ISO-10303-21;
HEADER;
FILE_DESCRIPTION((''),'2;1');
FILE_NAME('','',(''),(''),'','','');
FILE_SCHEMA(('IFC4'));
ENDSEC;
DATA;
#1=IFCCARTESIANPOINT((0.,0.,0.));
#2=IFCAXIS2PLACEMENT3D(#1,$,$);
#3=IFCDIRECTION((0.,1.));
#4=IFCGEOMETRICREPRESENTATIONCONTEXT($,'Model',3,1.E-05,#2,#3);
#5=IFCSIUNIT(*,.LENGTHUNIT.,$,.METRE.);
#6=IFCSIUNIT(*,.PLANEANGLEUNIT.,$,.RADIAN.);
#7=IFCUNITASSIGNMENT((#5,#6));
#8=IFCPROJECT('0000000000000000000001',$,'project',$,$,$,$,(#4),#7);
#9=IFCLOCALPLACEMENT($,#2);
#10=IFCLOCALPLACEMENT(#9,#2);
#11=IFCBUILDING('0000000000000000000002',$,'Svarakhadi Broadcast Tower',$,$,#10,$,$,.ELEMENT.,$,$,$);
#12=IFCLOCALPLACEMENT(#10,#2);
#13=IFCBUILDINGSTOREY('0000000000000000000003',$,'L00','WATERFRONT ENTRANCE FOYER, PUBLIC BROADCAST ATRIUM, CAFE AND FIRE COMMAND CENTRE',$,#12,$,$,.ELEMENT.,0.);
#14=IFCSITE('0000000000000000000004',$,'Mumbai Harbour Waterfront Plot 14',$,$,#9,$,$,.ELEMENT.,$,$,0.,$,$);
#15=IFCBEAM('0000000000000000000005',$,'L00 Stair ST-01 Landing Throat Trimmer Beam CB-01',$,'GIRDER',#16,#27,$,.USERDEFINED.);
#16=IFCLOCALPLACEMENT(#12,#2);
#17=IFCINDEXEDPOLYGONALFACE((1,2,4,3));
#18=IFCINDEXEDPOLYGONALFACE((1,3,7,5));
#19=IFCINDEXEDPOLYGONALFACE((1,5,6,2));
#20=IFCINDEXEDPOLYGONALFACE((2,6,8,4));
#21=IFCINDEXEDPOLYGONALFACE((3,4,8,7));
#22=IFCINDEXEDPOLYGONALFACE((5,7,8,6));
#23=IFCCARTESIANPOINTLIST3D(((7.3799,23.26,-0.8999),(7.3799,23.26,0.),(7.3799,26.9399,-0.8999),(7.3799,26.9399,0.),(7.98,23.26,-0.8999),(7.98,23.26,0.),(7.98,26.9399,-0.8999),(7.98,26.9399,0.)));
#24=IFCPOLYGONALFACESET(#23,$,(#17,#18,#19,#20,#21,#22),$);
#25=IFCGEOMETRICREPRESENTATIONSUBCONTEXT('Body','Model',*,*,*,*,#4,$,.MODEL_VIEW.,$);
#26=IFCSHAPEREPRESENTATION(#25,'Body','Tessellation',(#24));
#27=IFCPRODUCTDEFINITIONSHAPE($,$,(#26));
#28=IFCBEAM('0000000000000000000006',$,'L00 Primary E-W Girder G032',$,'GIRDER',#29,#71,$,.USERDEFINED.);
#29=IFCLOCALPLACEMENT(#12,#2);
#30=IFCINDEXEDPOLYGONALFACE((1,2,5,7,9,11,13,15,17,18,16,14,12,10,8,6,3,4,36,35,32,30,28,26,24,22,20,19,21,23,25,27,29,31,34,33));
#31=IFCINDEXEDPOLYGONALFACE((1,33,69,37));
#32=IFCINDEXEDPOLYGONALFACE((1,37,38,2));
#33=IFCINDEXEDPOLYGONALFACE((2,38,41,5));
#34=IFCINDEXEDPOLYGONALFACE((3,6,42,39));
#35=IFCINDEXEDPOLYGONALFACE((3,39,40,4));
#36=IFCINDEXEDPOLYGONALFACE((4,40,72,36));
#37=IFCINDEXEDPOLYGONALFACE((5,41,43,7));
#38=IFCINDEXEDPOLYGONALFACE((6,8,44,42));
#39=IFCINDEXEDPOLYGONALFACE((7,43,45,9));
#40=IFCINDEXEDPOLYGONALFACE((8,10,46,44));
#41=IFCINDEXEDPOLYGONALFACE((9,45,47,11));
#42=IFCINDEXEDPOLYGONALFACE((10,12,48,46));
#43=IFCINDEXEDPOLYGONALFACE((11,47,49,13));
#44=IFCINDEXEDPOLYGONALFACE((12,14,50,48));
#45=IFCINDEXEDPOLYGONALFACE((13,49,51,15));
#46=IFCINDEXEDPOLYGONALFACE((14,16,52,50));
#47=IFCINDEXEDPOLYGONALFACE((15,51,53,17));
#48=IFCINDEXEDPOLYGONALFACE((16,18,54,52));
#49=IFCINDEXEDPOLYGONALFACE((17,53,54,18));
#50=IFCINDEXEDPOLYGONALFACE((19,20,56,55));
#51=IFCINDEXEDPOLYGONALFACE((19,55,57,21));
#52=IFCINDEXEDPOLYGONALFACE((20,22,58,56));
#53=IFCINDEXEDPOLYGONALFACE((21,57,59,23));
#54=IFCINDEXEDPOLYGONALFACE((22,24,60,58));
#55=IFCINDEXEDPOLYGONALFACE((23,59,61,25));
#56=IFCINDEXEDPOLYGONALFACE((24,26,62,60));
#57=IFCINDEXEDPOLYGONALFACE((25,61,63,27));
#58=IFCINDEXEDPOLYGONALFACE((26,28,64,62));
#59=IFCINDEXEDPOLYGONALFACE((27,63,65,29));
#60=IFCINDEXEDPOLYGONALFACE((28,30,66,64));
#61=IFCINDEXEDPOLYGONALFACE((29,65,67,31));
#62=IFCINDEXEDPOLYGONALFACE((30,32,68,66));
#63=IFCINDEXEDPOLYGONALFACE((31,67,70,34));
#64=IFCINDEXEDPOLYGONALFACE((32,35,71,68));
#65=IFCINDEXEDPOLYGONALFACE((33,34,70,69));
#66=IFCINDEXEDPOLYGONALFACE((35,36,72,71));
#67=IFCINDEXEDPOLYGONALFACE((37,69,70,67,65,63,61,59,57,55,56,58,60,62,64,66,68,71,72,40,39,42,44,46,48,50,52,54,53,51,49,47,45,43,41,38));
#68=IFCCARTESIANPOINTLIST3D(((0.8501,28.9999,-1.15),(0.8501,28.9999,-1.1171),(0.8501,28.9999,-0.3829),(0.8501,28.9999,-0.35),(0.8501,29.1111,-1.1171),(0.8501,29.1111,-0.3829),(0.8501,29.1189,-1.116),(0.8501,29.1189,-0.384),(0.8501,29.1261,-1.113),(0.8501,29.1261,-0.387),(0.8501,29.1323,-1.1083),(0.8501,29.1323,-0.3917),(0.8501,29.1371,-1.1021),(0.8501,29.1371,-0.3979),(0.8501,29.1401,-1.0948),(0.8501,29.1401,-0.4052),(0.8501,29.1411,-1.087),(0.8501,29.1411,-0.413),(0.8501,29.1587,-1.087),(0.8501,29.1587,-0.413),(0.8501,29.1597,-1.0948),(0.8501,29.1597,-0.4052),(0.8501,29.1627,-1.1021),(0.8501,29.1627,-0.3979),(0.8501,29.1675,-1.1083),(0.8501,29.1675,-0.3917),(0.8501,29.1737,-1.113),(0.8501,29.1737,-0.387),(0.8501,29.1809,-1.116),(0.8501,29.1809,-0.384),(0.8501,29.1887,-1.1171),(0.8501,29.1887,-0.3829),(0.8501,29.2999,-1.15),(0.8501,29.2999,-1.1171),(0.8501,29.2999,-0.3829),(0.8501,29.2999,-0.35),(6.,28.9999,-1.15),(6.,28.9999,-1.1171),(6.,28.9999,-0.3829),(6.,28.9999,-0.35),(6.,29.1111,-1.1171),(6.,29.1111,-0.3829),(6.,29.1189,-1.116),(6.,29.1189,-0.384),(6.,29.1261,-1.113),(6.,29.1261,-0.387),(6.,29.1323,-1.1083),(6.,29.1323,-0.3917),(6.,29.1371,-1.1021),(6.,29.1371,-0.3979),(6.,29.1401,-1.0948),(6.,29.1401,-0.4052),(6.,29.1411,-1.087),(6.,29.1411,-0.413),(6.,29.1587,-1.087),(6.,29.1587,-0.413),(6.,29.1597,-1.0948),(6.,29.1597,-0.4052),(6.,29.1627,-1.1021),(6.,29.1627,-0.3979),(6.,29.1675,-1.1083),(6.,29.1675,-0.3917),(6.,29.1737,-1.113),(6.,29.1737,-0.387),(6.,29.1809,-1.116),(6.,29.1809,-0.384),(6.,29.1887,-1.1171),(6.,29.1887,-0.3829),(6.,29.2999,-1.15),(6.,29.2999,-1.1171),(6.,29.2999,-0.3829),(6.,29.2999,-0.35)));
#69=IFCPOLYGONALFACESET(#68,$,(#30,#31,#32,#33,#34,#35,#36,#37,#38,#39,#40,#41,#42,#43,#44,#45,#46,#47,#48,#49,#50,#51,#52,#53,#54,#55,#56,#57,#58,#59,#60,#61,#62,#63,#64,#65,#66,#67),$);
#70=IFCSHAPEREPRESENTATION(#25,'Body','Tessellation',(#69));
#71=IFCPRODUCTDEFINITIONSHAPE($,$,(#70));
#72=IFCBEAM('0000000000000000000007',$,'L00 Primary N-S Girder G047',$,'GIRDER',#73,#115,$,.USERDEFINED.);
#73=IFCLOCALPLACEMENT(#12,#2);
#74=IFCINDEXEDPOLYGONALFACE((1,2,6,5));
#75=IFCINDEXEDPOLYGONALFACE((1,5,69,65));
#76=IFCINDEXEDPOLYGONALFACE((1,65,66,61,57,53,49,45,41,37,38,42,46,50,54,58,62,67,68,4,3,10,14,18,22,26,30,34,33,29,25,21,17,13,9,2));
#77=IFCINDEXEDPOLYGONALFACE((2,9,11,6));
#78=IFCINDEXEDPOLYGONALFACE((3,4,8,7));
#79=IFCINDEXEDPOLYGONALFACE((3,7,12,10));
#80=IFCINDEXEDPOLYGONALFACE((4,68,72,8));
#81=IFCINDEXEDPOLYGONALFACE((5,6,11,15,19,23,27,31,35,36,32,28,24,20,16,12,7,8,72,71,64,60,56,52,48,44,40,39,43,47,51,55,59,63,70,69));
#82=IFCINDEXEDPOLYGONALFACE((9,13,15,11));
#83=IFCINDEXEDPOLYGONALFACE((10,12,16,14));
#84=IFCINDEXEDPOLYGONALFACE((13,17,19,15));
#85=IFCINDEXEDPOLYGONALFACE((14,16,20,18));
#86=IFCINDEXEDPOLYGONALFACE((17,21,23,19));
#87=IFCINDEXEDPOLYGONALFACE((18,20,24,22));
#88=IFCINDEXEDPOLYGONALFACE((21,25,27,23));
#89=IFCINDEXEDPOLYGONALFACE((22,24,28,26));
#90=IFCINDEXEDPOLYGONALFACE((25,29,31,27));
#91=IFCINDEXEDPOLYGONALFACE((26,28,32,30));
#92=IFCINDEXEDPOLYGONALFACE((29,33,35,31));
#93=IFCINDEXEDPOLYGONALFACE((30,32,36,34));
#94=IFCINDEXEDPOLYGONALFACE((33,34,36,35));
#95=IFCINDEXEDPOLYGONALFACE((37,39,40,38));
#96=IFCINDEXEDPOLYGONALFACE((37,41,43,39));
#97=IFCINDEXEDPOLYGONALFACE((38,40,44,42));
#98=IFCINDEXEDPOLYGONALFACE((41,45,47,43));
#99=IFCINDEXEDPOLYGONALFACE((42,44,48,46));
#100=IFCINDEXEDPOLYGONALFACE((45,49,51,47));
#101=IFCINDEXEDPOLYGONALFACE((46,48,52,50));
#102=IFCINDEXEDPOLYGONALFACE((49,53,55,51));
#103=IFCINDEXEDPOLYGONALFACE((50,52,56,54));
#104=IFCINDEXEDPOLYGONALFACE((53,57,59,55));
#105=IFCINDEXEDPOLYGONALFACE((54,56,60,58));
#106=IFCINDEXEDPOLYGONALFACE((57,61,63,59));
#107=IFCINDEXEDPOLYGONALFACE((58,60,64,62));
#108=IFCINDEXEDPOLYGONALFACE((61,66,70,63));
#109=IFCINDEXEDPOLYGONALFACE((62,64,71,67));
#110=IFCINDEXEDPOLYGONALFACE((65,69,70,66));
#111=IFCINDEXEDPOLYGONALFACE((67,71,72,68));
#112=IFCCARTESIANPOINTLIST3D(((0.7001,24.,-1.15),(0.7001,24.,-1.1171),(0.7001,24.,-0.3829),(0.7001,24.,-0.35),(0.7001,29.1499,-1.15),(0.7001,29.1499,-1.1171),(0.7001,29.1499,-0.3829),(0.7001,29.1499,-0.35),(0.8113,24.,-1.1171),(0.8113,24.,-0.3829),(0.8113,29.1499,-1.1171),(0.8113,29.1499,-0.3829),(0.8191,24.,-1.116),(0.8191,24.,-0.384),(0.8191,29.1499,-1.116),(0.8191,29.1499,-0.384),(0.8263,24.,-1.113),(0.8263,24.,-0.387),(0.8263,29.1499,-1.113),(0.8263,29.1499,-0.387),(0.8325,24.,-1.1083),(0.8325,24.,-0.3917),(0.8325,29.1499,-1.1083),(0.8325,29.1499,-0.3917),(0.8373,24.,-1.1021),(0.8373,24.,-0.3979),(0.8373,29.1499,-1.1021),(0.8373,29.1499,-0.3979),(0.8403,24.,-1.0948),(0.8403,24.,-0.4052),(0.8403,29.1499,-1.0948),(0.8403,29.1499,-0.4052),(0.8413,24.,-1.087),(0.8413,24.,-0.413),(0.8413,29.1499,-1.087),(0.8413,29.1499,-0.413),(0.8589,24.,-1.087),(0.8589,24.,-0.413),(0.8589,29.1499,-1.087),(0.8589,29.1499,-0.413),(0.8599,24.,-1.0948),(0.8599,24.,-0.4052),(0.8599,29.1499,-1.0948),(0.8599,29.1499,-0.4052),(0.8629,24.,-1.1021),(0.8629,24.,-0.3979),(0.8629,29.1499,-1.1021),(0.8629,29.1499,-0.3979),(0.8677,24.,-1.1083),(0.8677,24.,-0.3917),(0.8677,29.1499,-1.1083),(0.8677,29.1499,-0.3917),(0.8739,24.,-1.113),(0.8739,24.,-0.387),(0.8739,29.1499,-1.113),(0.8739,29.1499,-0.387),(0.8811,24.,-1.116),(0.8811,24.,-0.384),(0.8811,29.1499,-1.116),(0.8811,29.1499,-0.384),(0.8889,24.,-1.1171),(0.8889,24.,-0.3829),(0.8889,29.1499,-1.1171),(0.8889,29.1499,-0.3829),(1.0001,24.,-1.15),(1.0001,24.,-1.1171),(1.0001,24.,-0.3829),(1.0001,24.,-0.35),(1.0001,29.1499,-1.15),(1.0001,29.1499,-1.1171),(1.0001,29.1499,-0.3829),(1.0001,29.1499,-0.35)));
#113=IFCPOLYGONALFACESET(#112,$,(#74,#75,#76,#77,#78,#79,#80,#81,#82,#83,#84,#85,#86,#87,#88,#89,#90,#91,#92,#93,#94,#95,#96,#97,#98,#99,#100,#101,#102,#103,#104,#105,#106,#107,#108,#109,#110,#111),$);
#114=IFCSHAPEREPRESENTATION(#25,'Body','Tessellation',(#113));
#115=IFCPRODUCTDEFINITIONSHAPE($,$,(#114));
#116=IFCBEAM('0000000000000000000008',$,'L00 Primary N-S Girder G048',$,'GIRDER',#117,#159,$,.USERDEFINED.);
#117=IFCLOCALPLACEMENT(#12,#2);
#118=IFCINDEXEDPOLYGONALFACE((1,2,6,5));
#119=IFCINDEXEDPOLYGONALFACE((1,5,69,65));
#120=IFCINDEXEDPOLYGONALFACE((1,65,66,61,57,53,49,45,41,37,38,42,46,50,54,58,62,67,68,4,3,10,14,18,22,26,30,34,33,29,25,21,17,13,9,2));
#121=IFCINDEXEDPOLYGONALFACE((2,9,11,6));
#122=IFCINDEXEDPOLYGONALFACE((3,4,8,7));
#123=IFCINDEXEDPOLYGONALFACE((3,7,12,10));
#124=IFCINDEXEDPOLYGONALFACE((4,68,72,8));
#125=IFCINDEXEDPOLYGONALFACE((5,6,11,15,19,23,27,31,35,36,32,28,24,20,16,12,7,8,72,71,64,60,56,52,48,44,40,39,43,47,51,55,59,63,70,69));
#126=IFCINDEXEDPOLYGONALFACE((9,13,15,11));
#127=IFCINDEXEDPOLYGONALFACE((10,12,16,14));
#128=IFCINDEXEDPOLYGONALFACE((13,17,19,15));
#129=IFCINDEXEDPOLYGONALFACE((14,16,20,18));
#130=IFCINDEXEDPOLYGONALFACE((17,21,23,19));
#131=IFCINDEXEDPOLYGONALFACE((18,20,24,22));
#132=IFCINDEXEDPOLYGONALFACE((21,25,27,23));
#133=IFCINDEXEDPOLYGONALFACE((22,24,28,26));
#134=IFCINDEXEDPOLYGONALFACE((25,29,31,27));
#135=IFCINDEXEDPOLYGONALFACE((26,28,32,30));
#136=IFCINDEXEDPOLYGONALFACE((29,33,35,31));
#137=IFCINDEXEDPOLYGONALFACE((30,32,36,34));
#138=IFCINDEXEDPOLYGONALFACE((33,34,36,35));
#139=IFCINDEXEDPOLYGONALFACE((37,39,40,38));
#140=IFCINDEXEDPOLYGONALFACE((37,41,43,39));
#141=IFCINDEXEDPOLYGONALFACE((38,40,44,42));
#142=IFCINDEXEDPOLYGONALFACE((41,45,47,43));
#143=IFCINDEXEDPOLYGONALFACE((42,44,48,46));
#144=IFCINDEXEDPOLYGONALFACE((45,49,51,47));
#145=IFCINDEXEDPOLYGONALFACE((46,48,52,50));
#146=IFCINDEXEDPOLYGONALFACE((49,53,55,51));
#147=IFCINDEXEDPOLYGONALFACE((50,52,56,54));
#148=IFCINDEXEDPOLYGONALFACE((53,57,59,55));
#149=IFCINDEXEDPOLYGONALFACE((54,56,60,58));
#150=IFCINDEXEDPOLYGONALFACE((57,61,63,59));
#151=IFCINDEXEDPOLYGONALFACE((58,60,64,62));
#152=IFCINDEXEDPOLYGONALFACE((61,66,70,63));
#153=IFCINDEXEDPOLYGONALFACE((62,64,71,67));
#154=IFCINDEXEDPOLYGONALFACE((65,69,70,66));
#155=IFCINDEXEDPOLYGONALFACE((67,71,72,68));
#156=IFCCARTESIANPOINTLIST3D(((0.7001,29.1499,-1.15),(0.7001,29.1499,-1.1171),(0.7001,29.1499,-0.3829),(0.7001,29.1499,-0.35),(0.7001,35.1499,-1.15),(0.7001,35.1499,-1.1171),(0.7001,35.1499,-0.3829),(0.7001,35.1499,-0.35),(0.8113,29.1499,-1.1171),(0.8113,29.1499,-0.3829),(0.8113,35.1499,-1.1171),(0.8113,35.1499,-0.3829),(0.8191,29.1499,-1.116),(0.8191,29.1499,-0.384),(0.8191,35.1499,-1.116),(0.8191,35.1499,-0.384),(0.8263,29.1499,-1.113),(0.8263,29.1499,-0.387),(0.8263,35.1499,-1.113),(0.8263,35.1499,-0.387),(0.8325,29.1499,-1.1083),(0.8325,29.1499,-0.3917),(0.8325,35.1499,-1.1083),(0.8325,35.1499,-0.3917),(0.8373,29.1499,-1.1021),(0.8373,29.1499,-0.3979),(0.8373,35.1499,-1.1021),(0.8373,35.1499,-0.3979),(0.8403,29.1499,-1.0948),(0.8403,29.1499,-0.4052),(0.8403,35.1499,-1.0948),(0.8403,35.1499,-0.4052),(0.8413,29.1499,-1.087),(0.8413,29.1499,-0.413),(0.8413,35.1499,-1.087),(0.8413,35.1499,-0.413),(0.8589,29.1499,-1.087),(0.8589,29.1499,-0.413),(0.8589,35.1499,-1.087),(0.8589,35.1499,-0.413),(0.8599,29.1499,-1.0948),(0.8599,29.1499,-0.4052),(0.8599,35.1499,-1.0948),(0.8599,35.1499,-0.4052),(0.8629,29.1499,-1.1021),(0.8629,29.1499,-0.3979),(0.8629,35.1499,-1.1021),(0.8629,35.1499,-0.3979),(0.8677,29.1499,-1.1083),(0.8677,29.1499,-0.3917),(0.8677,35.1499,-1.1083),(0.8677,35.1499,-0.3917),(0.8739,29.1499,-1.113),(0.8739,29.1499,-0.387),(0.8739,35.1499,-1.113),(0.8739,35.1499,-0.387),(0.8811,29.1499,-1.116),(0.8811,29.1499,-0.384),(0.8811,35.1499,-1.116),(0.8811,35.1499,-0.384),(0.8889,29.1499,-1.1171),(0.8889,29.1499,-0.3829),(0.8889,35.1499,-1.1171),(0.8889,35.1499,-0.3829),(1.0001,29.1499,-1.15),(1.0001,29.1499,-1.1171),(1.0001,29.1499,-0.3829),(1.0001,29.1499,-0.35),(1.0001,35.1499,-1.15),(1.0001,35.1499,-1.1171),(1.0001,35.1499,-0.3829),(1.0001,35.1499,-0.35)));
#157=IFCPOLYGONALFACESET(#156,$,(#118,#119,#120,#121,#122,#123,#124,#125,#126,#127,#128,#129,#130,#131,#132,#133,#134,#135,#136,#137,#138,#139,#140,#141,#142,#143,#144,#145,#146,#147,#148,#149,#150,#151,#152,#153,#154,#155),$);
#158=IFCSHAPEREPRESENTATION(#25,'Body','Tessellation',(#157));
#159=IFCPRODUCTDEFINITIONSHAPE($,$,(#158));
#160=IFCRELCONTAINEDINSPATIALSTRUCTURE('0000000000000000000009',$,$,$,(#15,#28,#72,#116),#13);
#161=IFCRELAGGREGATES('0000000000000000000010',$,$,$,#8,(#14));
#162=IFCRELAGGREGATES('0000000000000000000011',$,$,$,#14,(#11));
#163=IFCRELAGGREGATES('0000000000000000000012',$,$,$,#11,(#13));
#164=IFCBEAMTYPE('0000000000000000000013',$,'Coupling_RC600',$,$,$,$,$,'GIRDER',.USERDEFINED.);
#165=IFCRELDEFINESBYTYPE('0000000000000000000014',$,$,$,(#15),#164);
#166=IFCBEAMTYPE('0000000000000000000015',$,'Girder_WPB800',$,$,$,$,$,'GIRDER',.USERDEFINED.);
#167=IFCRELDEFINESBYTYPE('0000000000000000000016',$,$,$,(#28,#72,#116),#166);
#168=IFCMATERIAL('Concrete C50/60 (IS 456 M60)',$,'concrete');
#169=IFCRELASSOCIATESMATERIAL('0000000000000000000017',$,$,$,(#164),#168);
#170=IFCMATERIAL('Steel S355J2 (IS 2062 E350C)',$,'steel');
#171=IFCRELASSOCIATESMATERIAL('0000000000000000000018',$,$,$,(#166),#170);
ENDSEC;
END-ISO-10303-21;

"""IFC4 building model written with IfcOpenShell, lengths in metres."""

from ifc_helpers import new_model, si_unit, direction, frame, origin, origin_2d, place, context, subcontext, project, spatial, rectangle, i_section, extrude, material, material_profile, profile_set, type_object, element, save


model = new_model("IFC4")

# Units and contexts
model_context = context("Model", 3, precision=1e-05, world=origin(), true_north=direction((0.0, 1.0)))
body_context = subcontext(model_context, "Body", "Model", "MODEL_VIEW")
ifc_project = project(units=[si_unit("LENGTHUNIT", "METRE"), si_unit("PLANEANGLEUNIT", "RADIAN")], contexts=[model_context])

# Site, building, storey
site_placement = place(None, origin())
site = spatial("IfcSite", under=ifc_project, at=site_placement, Name="Mumbai Harbour Waterfront Plot 14", CompositionType="ELEMENT", RefElevation=0.0)
building_placement = place(site_placement, origin())
building = spatial("IfcBuilding", under=site, at=building_placement, Name="Svarakhadi Broadcast Tower", CompositionType="ELEMENT")
storey_placement = place(building_placement, origin())
storey = spatial("IfcBuildingStorey", under=building, at=storey_placement, Name="L00", Description="WATERFRONT ENTRANCE FOYER, PUBLIC BROADCAST ATRIUM, CAFE AND FIRE COMMAND CENTRE", CompositionType="ELEMENT", Elevation=0.0)

# Beams
ifc_material_1 = material(Name="Steel S355J2 (IS 2062 E350C)", Category="steel")
ifc_material_2 = material(Name="Concrete C50/60 (IS 456 M60)", Category="concrete")
ifc_material_profile_1 = material_profile(ifc_material_2, rectangle(XDim=0.6001, YDim=0.8999, at=origin_2d()), Name="RC 600x900")
ifc_profile_set_1 = profile_set([ifc_material_profile_1], Name="Concrete C50/60 (IS 456 M60)")
beam_type_1 = type_object("IfcBeamType", Name="Coupling_RC600", ElementType="GIRDER", PredefinedType="USERDEFINED", material=ifc_profile_set_1)
beam_1_placement = place(storey_placement, frame((7.6799, 23.26, -0.45), z_axis=(0.0, 1.0, 0.0), x_axis=(-1.0, 0.0, 0.0)))
element("IfcBeam", 1, at=beam_1_placement, inside=storey, type_object=beam_type_1, Name="L00 Stair ST-01 Landing Throat Trimmer Beam CB-01", ObjectType="GIRDER", PredefinedType="USERDEFINED", context=body_context, shape_type="SweptSolid", body=[
    extrude(rectangle(XDim=0.6001, YDim=0.8999, at=origin_2d()), origin(), (0.0, 0.0, 1.0), 3.6799),
])
ifc_material_profile_2 = material_profile(ifc_material_1, i_section(OverallWidth=0.3, OverallDepth=0.8, WebThickness=0.0176, FlangeThickness=0.033, FilletRadius=0.03, at=origin_2d()), Name="WPB 800x300x262")
ifc_profile_set_2 = profile_set([ifc_material_profile_2], Name="Steel S355J2 (IS 2062 E350C)")
beam_type_2 = type_object("IfcBeamType", Name="Girder_WPB800", ElementType="GIRDER", PredefinedType="USERDEFINED", material=ifc_profile_set_2)
for number, where, z_axis, x_axis, name in (
    (2, (0.8501, 29.1499, -0.75), (1.0, 0.0, 0.0), (0.0, 1.0, 0.0), "L00 Primary E-W Girder G032"),
    (3, (0.8501, 24.0, -0.75), (0.0, 1.0, 0.0), (-1.0, 0.0, 0.0), "L00 Primary N-S Girder G047"),
):
    element("IfcBeam", number, at=place(storey_placement, frame(where, z_axis=z_axis, x_axis=x_axis)), inside=storey, type_object=beam_type_2, Name=name, ObjectType="GIRDER", PredefinedType="USERDEFINED", context=body_context, shape_type="SweptSolid", body=[
        extrude(i_section(OverallWidth=0.3, OverallDepth=0.8, WebThickness=0.0176, FlangeThickness=0.033, FilletRadius=0.03, at=origin_2d()), origin(), (0.0, 0.0, 1.0), 5.1499),
    ])
beam_2_placement = place(storey_placement, frame((0.8501, 29.1499, -0.75), z_axis=(0.0, 1.0, 0.0), x_axis=(-1.0, 0.0, 0.0)))
element("IfcBeam", 4, at=beam_2_placement, inside=storey, type_object=beam_type_2, Name="L00 Primary N-S Girder G048", ObjectType="GIRDER", PredefinedType="USERDEFINED", context=body_context, shape_type="SweptSolid", body=[
    extrude(i_section(OverallWidth=0.3, OverallDepth=0.8, WebThickness=0.0176, FlangeThickness=0.033, FilletRadius=0.03, at=origin_2d()), origin(), (0.0, 0.0, 1.0), 6.0),
])

save(model, "model.ifc")
